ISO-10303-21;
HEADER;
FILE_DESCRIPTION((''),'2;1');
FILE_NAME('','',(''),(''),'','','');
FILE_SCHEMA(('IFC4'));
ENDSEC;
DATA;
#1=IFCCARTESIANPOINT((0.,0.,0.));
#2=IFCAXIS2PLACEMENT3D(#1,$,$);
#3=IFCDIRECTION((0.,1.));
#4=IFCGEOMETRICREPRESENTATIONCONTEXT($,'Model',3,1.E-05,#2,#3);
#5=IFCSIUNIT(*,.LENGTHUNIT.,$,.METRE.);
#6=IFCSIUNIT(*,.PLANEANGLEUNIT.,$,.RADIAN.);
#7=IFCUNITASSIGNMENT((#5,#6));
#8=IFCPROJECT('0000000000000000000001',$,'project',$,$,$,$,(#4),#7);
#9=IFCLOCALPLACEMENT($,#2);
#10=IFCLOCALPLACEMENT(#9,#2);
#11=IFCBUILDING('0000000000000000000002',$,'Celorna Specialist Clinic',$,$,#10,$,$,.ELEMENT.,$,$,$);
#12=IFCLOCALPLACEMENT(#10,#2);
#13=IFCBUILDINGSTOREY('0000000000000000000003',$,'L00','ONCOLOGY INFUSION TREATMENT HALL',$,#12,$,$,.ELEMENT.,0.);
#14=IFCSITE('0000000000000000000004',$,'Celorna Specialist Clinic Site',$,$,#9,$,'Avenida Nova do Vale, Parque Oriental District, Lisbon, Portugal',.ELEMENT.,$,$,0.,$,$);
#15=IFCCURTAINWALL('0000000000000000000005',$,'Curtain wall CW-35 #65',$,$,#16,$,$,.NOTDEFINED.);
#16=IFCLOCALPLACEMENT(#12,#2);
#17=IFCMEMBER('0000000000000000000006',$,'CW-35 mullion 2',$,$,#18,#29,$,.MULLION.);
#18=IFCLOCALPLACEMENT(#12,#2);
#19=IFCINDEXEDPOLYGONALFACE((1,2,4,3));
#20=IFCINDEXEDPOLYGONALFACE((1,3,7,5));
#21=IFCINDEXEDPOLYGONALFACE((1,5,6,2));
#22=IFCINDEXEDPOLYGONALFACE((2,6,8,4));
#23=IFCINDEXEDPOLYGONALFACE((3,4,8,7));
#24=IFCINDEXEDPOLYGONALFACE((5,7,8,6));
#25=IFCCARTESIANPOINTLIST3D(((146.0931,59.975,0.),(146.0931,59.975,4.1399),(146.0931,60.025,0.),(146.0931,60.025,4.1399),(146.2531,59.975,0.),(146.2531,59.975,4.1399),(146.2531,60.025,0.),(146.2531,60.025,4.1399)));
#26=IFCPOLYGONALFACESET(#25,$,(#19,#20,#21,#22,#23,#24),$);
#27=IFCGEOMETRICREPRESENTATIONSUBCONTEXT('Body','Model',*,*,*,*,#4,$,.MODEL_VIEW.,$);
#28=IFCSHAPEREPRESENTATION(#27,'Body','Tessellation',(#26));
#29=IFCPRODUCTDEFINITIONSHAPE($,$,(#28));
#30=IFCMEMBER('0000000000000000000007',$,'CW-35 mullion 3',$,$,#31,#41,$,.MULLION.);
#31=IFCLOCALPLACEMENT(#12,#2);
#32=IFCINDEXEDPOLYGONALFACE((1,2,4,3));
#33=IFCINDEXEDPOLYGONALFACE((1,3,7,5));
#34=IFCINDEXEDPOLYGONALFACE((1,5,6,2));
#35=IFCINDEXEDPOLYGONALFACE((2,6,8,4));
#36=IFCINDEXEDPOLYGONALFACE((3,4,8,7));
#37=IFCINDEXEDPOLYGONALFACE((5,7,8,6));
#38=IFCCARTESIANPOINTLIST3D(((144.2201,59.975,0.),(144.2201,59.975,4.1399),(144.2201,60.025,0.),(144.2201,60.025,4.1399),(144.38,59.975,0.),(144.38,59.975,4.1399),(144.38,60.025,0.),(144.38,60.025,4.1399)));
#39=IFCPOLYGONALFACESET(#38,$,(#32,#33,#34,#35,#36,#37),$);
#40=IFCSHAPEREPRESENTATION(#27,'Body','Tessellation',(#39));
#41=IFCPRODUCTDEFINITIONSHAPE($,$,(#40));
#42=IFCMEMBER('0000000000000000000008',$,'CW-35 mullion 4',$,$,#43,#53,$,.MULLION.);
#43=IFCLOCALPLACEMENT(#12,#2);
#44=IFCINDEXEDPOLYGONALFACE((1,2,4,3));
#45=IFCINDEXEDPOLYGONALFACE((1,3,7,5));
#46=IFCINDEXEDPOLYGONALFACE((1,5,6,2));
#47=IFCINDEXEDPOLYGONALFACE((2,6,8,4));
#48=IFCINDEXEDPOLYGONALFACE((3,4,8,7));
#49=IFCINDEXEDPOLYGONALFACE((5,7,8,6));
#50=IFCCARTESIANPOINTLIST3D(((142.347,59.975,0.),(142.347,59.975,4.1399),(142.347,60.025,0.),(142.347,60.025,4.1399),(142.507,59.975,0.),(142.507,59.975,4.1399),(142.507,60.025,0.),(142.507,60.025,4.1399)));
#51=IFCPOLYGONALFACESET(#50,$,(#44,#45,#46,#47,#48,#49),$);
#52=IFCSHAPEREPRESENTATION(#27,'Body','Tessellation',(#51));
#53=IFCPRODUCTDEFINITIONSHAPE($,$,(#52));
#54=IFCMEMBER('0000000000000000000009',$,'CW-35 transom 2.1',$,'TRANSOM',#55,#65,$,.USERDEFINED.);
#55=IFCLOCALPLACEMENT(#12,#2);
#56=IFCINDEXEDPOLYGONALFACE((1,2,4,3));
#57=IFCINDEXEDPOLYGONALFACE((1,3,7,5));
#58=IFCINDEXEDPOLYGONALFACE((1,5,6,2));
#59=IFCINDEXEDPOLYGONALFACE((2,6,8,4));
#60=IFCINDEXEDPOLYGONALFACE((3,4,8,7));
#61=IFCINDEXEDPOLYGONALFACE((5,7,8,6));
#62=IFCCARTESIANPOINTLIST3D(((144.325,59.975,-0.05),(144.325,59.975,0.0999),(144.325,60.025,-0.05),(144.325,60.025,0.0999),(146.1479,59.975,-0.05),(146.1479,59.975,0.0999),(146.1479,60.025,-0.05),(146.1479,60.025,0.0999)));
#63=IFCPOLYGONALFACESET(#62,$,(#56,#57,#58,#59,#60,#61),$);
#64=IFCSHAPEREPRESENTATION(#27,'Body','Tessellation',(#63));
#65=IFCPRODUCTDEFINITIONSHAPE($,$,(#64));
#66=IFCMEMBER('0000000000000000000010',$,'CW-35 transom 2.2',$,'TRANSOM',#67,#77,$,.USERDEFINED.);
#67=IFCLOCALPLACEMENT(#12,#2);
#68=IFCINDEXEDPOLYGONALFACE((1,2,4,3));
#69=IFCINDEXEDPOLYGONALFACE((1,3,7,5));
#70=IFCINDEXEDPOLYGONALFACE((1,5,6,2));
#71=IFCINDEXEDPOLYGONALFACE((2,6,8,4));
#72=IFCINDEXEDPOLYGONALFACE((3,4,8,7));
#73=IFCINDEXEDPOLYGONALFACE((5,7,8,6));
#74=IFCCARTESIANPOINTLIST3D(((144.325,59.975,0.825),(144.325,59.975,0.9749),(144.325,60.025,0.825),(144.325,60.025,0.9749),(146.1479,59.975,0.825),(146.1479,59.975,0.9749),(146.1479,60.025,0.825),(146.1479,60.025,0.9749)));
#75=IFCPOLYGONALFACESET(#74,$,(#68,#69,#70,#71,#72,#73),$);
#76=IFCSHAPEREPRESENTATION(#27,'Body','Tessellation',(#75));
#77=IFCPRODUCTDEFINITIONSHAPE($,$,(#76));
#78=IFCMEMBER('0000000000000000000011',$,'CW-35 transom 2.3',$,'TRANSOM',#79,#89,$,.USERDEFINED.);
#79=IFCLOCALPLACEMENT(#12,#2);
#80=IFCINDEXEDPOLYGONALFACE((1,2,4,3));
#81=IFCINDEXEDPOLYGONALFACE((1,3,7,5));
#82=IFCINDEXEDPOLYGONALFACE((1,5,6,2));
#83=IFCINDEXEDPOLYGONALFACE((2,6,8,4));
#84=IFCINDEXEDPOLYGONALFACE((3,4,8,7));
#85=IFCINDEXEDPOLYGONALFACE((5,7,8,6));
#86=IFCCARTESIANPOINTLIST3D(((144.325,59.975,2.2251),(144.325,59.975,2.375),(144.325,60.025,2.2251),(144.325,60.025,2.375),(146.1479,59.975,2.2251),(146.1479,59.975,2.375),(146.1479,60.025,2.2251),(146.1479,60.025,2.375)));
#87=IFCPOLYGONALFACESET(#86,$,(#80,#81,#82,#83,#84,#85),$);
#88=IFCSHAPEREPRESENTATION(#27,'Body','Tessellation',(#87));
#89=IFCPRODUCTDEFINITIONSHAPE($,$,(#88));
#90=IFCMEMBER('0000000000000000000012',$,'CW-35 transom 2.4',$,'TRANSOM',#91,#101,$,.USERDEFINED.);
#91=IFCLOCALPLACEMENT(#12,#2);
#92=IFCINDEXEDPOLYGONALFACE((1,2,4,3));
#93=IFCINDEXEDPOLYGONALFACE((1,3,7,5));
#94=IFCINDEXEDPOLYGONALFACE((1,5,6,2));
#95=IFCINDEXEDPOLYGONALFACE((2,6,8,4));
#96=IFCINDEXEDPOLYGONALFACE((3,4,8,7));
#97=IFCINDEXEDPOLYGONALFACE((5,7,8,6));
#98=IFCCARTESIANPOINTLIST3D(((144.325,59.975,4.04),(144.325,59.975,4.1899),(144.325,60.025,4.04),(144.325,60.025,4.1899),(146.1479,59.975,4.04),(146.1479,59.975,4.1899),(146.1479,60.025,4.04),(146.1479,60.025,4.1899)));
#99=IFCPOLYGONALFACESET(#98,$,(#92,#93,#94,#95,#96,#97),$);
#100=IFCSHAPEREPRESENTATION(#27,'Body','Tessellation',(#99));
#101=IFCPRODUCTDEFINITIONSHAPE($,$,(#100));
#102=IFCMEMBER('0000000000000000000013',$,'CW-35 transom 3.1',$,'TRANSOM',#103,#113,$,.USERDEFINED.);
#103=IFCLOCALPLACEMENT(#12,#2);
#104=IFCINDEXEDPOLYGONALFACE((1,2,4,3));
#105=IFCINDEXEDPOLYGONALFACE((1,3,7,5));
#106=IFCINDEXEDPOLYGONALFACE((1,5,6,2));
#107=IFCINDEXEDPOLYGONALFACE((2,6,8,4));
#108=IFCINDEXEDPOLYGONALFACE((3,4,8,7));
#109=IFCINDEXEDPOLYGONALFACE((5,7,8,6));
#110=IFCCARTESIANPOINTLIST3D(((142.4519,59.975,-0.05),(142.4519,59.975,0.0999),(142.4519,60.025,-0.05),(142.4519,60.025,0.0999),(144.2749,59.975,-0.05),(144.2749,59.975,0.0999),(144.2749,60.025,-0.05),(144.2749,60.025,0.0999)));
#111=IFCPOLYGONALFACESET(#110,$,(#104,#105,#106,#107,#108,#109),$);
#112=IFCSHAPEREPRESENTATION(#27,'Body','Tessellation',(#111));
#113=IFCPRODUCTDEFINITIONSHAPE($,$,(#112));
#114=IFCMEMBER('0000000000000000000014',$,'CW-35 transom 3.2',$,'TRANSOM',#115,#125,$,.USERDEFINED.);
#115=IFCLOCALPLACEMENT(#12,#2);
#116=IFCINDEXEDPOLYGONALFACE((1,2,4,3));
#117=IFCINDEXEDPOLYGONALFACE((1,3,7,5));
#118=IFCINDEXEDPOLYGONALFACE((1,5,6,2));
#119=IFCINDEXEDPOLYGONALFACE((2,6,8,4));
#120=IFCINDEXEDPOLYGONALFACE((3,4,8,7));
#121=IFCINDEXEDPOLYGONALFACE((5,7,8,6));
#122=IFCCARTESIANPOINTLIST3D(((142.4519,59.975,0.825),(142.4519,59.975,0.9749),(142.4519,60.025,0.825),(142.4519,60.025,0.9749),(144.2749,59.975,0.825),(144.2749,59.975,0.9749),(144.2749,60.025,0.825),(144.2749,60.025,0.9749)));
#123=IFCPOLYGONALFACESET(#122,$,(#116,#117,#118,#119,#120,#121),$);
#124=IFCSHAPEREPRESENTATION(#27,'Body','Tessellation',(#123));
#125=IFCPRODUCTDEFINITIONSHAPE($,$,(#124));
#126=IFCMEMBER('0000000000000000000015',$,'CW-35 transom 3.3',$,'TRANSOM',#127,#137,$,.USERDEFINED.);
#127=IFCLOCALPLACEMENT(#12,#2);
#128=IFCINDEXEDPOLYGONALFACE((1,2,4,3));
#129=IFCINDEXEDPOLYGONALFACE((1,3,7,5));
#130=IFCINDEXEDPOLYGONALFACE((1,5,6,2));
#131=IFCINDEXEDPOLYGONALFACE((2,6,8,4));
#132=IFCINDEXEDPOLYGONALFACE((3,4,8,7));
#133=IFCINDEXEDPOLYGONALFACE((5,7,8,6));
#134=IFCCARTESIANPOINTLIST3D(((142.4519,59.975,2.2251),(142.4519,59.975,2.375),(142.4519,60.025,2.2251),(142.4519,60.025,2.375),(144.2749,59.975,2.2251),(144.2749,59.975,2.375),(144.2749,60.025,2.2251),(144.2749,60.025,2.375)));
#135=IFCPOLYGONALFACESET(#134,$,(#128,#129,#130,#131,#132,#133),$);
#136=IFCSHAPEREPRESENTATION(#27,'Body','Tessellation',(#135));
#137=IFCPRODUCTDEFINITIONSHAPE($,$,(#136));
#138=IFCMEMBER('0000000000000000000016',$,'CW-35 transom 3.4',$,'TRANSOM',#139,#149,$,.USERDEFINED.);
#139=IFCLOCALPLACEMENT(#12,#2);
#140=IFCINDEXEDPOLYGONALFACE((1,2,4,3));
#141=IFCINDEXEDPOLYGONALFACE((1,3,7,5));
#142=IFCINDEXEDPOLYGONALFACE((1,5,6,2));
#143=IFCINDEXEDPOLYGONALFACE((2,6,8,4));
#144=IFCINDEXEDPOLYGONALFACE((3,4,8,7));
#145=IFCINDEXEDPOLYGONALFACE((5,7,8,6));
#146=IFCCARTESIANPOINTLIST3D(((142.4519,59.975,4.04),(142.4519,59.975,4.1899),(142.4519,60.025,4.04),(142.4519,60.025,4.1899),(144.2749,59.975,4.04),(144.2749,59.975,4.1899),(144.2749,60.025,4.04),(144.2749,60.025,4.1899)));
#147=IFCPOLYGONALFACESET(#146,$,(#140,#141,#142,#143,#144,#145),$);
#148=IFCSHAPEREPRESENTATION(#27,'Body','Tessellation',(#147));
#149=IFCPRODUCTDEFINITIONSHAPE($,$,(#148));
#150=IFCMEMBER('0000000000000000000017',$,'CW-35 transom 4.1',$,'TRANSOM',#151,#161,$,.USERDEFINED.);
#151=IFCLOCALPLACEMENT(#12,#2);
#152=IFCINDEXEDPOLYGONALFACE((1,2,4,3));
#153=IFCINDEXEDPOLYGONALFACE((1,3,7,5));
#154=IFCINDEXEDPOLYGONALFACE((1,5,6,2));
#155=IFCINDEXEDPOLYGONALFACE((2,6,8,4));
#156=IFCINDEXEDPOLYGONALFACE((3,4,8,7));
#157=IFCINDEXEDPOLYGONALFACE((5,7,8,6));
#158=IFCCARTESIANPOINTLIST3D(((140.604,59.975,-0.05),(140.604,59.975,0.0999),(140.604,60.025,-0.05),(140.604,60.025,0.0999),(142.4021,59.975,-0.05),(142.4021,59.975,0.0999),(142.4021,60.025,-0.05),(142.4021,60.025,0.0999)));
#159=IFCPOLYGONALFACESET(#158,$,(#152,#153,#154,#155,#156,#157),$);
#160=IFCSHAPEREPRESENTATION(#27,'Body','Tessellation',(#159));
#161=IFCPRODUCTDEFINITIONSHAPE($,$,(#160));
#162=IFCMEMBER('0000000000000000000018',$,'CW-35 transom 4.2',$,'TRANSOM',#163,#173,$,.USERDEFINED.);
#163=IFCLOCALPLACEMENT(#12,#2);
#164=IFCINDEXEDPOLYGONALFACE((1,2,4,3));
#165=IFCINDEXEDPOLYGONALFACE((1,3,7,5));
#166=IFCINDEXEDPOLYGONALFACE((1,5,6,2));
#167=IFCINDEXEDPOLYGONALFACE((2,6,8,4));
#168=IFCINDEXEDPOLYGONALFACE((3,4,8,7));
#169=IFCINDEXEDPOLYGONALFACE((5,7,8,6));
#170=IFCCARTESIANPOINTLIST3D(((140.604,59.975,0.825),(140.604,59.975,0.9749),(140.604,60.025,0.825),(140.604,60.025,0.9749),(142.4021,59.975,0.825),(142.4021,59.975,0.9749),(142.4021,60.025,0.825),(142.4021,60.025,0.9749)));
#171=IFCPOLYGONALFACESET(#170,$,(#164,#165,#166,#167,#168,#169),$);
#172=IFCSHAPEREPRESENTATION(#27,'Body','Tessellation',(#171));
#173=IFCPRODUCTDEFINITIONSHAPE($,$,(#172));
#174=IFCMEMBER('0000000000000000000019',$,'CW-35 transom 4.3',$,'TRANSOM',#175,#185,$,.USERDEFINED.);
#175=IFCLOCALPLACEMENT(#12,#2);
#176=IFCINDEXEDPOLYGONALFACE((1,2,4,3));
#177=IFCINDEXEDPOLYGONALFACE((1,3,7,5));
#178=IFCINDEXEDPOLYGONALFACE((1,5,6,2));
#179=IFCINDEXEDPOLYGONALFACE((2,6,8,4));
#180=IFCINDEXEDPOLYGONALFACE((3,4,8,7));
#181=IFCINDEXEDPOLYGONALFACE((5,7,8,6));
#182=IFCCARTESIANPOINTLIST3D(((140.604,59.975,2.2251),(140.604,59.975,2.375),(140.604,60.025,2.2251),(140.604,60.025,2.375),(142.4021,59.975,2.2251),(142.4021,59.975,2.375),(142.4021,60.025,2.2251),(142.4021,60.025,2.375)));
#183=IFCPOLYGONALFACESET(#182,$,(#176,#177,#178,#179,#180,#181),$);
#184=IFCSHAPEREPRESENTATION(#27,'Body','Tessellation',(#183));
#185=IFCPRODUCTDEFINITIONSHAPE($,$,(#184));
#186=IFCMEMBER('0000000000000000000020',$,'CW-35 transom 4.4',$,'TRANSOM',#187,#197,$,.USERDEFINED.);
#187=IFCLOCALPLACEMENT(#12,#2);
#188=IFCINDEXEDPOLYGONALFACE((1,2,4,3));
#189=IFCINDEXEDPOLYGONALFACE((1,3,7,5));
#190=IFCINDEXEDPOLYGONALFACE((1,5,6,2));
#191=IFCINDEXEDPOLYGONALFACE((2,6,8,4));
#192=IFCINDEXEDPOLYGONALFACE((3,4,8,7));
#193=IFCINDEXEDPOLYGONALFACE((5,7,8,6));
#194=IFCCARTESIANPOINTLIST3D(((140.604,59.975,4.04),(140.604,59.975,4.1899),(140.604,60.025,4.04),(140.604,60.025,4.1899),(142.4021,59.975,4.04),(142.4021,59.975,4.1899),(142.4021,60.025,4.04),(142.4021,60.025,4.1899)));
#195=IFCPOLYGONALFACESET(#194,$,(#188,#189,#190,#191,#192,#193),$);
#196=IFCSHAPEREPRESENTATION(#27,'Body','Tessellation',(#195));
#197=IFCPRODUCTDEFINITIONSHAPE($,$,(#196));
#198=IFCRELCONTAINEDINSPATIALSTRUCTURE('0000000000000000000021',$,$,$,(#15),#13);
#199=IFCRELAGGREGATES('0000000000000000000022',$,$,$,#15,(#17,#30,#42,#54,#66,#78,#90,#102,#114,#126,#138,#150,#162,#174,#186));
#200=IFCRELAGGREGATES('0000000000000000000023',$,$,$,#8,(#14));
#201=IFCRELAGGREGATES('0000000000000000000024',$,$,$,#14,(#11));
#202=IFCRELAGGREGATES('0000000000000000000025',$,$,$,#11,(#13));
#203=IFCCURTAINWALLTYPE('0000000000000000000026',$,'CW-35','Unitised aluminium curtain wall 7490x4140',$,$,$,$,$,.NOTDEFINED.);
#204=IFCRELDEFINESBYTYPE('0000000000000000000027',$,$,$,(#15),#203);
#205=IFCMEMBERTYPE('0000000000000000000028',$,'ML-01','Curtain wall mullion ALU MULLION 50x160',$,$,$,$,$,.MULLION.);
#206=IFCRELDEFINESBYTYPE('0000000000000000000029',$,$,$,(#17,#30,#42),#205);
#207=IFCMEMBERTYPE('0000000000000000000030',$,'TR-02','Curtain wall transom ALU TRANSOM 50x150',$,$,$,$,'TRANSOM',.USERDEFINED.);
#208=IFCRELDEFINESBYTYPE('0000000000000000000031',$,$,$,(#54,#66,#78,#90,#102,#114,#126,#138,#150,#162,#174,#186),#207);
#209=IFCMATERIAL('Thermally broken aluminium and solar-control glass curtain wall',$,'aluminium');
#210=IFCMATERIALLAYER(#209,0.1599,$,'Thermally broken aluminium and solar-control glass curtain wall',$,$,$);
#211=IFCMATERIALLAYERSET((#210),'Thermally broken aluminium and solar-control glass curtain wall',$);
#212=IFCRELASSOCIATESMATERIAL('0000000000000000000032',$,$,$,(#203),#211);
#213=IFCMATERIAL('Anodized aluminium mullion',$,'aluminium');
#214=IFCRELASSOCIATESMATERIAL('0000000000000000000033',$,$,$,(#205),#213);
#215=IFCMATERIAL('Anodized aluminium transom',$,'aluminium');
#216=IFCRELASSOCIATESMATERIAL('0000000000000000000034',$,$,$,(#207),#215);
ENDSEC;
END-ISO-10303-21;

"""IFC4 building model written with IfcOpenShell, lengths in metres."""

from ifc_helpers import new_model, si_unit, direction, frame, origin, origin_2d, place, context, subcontext, project, spatial, rectangle, extrude, material, layer, layer_set, material_profile, profile_set, type_object, element, aggregate, save


model = new_model("IFC4")

# Units and contexts
model_context = context("Model", 3, precision=1e-05, world=origin(), true_north=direction((0.0, 1.0)))
body_context = subcontext(model_context, "Body", "Model", "MODEL_VIEW")
ifc_project = project(units=[si_unit("LENGTHUNIT", "METRE"), si_unit("PLANEANGLEUNIT", "RADIAN")], contexts=[model_context])

# Site, building, storey
site_placement = place(None, origin())
site = spatial("IfcSite", under=ifc_project, at=site_placement, Name="Celorna Specialist Clinic Site", LongName="Avenida Nova do Vale, Parque Oriental District, Lisbon, Portugal", CompositionType="ELEMENT", RefElevation=0.0)
building_placement = place(site_placement, origin())
building = spatial("IfcBuilding", under=site, at=building_placement, Name="Celorna Specialist Clinic", CompositionType="ELEMENT")
storey_placement = place(building_placement, origin())
storey = spatial("IfcBuildingStorey", under=building, at=storey_placement, Name="L00", Description="ONCOLOGY INFUSION TREATMENT HALL", CompositionType="ELEMENT", Elevation=0.0)

# Curtain wall, members
ifc_material_1 = material(Name="Thermally broken aluminium and solar-control glass curtain wall", Category="aluminium")
ifc_layer_1 = layer(ifc_material_1, 0.1599, Name="Thermally broken aluminium and solar-control glass curtain wall")
ifc_layer_set_1 = layer_set([ifc_layer_1], Name="Thermally broken aluminium and solar-control glass curtain wall")
curtain_wall_type = type_object("IfcCurtainWallType", Name="CW-35", Description="Unitised aluminium curtain wall 7490x4140", PredefinedType="NOTDEFINED", material=ifc_layer_set_1)
curtain_wall_placement = place(storey_placement, origin())
curtain_wall = element("IfcCurtainWall", 1, at=curtain_wall_placement, inside=storey, type_object=curtain_wall_type, Name="Curtain wall CW-35 #65", PredefinedType="NOTDEFINED")
ifc_material_2 = material(Name="Anodized aluminium mullion", Category="aluminium")
ifc_material_profile_1 = material_profile(ifc_material_2, rectangle(XDim=0.05, YDim=0.1599, at=origin_2d()), Name="ALU MULLION 50x160")
ifc_profile_set_1 = profile_set([ifc_material_profile_1], Name="Anodized aluminium mullion")
member_type_1 = type_object("IfcMemberType", Name="ML-01", Description="Curtain wall mullion ALU MULLION 50x160", PredefinedType="MULLION", material=ifc_profile_set_1)
member_1_placement = place(storey_placement, frame((146.1731, 60.0, 0.0), z_axis=(0.0, 0.0, 1.0), x_axis=(0.0, -1.0, 0.0)))
member_1 = element("IfcMember", 2, at=member_1_placement, type_object=member_type_1, Name="CW-35 mullion 2", PredefinedType="MULLION", context=body_context, shape_type="SweptSolid", body=[
    extrude(rectangle(XDim=0.05, YDim=0.1599, at=origin_2d()), origin(), (0.0, 0.0, 1.0), 4.1399),
])
member_2_placement = place(storey_placement, frame((144.3, 60.0, 0.0), z_axis=(0.0, 0.0, 1.0), x_axis=(0.0, -1.0, 0.0)))
member_2 = element("IfcMember", 3, at=member_2_placement, type_object=member_type_1, Name="CW-35 mullion 3", PredefinedType="MULLION", context=body_context, shape_type="SweptSolid", body=[
    extrude(rectangle(XDim=0.05, YDim=0.1599, at=origin_2d()), origin(), (0.0, 0.0, 1.0), 4.1399),
])
member_3_placement = place(storey_placement, frame((142.427, 60.0, 0.0), z_axis=(0.0, 0.0, 1.0), x_axis=(0.0, -1.0, 0.0)))
member_3 = element("IfcMember", 4, at=member_3_placement, type_object=member_type_1, Name="CW-35 mullion 4", PredefinedType="MULLION", context=body_context, shape_type="SweptSolid", body=[
    extrude(rectangle(XDim=0.05, YDim=0.1599, at=origin_2d()), origin(), (0.0, 0.0, 1.0), 4.1399),
])
ifc_material_3 = material(Name="Anodized aluminium transom", Category="aluminium")
ifc_material_profile_2 = material_profile(ifc_material_3, rectangle(XDim=0.05, YDim=0.1499, at=origin_2d()), Name="ALU TRANSOM 50x150")
ifc_profile_set_2 = profile_set([ifc_material_profile_2], Name="Anodized aluminium transom")
member_type_2 = type_object("IfcMemberType", Name="TR-02", Description="Curtain wall transom ALU TRANSOM 50x150", ElementType="TRANSOM", PredefinedType="USERDEFINED", material=ifc_profile_set_2)
member_4_placement = place(storey_placement, frame((146.1479, 60.0, 0.0249), z_axis=(-1.0, 0.0, 0.0), x_axis=(0.0, -1.0, 0.0)))
member_4 = element("IfcMember", 5, at=member_4_placement, type_object=member_type_2, Name="CW-35 transom 2.1", ObjectType="TRANSOM", PredefinedType="USERDEFINED", context=body_context, shape_type="SweptSolid", body=[
    extrude(rectangle(XDim=0.05, YDim=0.1499, at=origin_2d()), origin(), (0.0, 0.0, 1.0), 1.823),
])
member_5_placement = place(storey_placement, frame((146.1479, 60.0, 0.8999), z_axis=(-1.0, 0.0, 0.0), x_axis=(0.0, -1.0, 0.0)))
member_5 = element("IfcMember", 6, at=member_5_placement, type_object=member_type_2, Name="CW-35 transom 2.2", ObjectType="TRANSOM", PredefinedType="USERDEFINED", context=body_context, shape_type="SweptSolid", body=[
    extrude(rectangle(XDim=0.05, YDim=0.1499, at=origin_2d()), origin(), (0.0, 0.0, 1.0), 1.823),
])
member_6_placement = place(storey_placement, frame((146.1479, 60.0, 2.3), z_axis=(-1.0, 0.0, 0.0), x_axis=(0.0, -1.0, 0.0)))
member_6 = element("IfcMember", 7, at=member_6_placement, type_object=member_type_2, Name="CW-35 transom 2.3", ObjectType="TRANSOM", PredefinedType="USERDEFINED", context=body_context, shape_type="SweptSolid", body=[
    extrude(rectangle(XDim=0.05, YDim=0.1499, at=origin_2d()), origin(), (0.0, 0.0, 1.0), 1.823),
])
member_7_placement = place(storey_placement, frame((146.1479, 60.0, 4.115), z_axis=(-1.0, 0.0, 0.0), x_axis=(0.0, -1.0, 0.0)))
member_7 = element("IfcMember", 8, at=member_7_placement, type_object=member_type_2, Name="CW-35 transom 2.4", ObjectType="TRANSOM", PredefinedType="USERDEFINED", context=body_context, shape_type="SweptSolid", body=[
    extrude(rectangle(XDim=0.05, YDim=0.1499, at=origin_2d()), origin(), (0.0, 0.0, 1.0), 1.823),
])
member_8_placement = place(storey_placement, frame((144.2749, 60.0, 0.0249), z_axis=(-1.0, 0.0, 0.0), x_axis=(0.0, -1.0, 0.0)))
member_8 = element("IfcMember", 9, at=member_8_placement, type_object=member_type_2, Name="CW-35 transom 3.1", ObjectType="TRANSOM", PredefinedType="USERDEFINED", context=body_context, shape_type="SweptSolid", body=[
    extrude(rectangle(XDim=0.05, YDim=0.1499, at=origin_2d()), origin(), (0.0, 0.0, 1.0), 1.823),
])
member_9_placement = place(storey_placement, frame((144.2749, 60.0, 0.8999), z_axis=(-1.0, 0.0, 0.0), x_axis=(0.0, -1.0, 0.0)))
member_9 = element("IfcMember", 10, at=member_9_placement, type_object=member_type_2, Name="CW-35 transom 3.2", ObjectType="TRANSOM", PredefinedType="USERDEFINED", context=body_context, shape_type="SweptSolid", body=[
    extrude(rectangle(XDim=0.05, YDim=0.1499, at=origin_2d()), origin(), (0.0, 0.0, 1.0), 1.823),
])
member_10_placement = place(storey_placement, frame((144.2749, 60.0, 2.3), z_axis=(-1.0, 0.0, 0.0), x_axis=(0.0, -1.0, 0.0)))
member_10 = element("IfcMember", 11, at=member_10_placement, type_object=member_type_2, Name="CW-35 transom 3.3", ObjectType="TRANSOM", PredefinedType="USERDEFINED", context=body_context, shape_type="SweptSolid", body=[
    extrude(rectangle(XDim=0.05, YDim=0.1499, at=origin_2d()), origin(), (0.0, 0.0, 1.0), 1.823),
])
member_11_placement = place(storey_placement, frame((144.2749, 60.0, 4.115), z_axis=(-1.0, 0.0, 0.0), x_axis=(0.0, -1.0, 0.0)))
member_11 = element("IfcMember", 12, at=member_11_placement, type_object=member_type_2, Name="CW-35 transom 3.4", ObjectType="TRANSOM", PredefinedType="USERDEFINED", context=body_context, shape_type="SweptSolid", body=[
    extrude(rectangle(XDim=0.05, YDim=0.1499, at=origin_2d()), origin(), (0.0, 0.0, 1.0), 1.823),
])
member_12_placement = place(storey_placement, frame((142.4021, 60.0, 0.0249), z_axis=(-1.0, 0.0, 0.0), x_axis=(0.0, -1.0, 0.0)))
member_12 = element("IfcMember", 13, at=member_12_placement, type_object=member_type_2, Name="CW-35 transom 4.1", ObjectType="TRANSOM", PredefinedType="USERDEFINED", context=body_context, shape_type="SweptSolid", body=[
    extrude(rectangle(XDim=0.05, YDim=0.1499, at=origin_2d()), origin(), (0.0, 0.0, 1.0), 1.7981),
])
member_13_placement = place(storey_placement, frame((142.4021, 60.0, 0.8999), z_axis=(-1.0, 0.0, 0.0), x_axis=(0.0, -1.0, 0.0)))
member_13 = element("IfcMember", 14, at=member_13_placement, type_object=member_type_2, Name="CW-35 transom 4.2", ObjectType="TRANSOM", PredefinedType="USERDEFINED", context=body_context, shape_type="SweptSolid", body=[
    extrude(rectangle(XDim=0.05, YDim=0.1499, at=origin_2d()), origin(), (0.0, 0.0, 1.0), 1.7981),
])
member_14_placement = place(storey_placement, frame((142.4021, 60.0, 2.3), z_axis=(-1.0, 0.0, 0.0), x_axis=(0.0, -1.0, 0.0)))
member_14 = element("IfcMember", 15, at=member_14_placement, type_object=member_type_2, Name="CW-35 transom 4.3", ObjectType="TRANSOM", PredefinedType="USERDEFINED", context=body_context, shape_type="SweptSolid", body=[
    extrude(rectangle(XDim=0.05, YDim=0.1499, at=origin_2d()), origin(), (0.0, 0.0, 1.0), 1.7981),
])
member_15_placement = place(storey_placement, frame((142.4021, 60.0, 4.115), z_axis=(-1.0, 0.0, 0.0), x_axis=(0.0, -1.0, 0.0)))
member_15 = element("IfcMember", 16, at=member_15_placement, type_object=member_type_2, Name="CW-35 transom 4.4", ObjectType="TRANSOM", PredefinedType="USERDEFINED", context=body_context, shape_type="SweptSolid", body=[
    extrude(rectangle(XDim=0.05, YDim=0.1499, at=origin_2d()), origin(), (0.0, 0.0, 1.0), 1.7981),
])
aggregate(curtain_wall, [member_1, member_2, member_3, member_4, member_5, member_6, member_7, member_8, member_9, member_10, member_11, member_12, member_13, member_14, member_15])

save(model, "model.ifc")
